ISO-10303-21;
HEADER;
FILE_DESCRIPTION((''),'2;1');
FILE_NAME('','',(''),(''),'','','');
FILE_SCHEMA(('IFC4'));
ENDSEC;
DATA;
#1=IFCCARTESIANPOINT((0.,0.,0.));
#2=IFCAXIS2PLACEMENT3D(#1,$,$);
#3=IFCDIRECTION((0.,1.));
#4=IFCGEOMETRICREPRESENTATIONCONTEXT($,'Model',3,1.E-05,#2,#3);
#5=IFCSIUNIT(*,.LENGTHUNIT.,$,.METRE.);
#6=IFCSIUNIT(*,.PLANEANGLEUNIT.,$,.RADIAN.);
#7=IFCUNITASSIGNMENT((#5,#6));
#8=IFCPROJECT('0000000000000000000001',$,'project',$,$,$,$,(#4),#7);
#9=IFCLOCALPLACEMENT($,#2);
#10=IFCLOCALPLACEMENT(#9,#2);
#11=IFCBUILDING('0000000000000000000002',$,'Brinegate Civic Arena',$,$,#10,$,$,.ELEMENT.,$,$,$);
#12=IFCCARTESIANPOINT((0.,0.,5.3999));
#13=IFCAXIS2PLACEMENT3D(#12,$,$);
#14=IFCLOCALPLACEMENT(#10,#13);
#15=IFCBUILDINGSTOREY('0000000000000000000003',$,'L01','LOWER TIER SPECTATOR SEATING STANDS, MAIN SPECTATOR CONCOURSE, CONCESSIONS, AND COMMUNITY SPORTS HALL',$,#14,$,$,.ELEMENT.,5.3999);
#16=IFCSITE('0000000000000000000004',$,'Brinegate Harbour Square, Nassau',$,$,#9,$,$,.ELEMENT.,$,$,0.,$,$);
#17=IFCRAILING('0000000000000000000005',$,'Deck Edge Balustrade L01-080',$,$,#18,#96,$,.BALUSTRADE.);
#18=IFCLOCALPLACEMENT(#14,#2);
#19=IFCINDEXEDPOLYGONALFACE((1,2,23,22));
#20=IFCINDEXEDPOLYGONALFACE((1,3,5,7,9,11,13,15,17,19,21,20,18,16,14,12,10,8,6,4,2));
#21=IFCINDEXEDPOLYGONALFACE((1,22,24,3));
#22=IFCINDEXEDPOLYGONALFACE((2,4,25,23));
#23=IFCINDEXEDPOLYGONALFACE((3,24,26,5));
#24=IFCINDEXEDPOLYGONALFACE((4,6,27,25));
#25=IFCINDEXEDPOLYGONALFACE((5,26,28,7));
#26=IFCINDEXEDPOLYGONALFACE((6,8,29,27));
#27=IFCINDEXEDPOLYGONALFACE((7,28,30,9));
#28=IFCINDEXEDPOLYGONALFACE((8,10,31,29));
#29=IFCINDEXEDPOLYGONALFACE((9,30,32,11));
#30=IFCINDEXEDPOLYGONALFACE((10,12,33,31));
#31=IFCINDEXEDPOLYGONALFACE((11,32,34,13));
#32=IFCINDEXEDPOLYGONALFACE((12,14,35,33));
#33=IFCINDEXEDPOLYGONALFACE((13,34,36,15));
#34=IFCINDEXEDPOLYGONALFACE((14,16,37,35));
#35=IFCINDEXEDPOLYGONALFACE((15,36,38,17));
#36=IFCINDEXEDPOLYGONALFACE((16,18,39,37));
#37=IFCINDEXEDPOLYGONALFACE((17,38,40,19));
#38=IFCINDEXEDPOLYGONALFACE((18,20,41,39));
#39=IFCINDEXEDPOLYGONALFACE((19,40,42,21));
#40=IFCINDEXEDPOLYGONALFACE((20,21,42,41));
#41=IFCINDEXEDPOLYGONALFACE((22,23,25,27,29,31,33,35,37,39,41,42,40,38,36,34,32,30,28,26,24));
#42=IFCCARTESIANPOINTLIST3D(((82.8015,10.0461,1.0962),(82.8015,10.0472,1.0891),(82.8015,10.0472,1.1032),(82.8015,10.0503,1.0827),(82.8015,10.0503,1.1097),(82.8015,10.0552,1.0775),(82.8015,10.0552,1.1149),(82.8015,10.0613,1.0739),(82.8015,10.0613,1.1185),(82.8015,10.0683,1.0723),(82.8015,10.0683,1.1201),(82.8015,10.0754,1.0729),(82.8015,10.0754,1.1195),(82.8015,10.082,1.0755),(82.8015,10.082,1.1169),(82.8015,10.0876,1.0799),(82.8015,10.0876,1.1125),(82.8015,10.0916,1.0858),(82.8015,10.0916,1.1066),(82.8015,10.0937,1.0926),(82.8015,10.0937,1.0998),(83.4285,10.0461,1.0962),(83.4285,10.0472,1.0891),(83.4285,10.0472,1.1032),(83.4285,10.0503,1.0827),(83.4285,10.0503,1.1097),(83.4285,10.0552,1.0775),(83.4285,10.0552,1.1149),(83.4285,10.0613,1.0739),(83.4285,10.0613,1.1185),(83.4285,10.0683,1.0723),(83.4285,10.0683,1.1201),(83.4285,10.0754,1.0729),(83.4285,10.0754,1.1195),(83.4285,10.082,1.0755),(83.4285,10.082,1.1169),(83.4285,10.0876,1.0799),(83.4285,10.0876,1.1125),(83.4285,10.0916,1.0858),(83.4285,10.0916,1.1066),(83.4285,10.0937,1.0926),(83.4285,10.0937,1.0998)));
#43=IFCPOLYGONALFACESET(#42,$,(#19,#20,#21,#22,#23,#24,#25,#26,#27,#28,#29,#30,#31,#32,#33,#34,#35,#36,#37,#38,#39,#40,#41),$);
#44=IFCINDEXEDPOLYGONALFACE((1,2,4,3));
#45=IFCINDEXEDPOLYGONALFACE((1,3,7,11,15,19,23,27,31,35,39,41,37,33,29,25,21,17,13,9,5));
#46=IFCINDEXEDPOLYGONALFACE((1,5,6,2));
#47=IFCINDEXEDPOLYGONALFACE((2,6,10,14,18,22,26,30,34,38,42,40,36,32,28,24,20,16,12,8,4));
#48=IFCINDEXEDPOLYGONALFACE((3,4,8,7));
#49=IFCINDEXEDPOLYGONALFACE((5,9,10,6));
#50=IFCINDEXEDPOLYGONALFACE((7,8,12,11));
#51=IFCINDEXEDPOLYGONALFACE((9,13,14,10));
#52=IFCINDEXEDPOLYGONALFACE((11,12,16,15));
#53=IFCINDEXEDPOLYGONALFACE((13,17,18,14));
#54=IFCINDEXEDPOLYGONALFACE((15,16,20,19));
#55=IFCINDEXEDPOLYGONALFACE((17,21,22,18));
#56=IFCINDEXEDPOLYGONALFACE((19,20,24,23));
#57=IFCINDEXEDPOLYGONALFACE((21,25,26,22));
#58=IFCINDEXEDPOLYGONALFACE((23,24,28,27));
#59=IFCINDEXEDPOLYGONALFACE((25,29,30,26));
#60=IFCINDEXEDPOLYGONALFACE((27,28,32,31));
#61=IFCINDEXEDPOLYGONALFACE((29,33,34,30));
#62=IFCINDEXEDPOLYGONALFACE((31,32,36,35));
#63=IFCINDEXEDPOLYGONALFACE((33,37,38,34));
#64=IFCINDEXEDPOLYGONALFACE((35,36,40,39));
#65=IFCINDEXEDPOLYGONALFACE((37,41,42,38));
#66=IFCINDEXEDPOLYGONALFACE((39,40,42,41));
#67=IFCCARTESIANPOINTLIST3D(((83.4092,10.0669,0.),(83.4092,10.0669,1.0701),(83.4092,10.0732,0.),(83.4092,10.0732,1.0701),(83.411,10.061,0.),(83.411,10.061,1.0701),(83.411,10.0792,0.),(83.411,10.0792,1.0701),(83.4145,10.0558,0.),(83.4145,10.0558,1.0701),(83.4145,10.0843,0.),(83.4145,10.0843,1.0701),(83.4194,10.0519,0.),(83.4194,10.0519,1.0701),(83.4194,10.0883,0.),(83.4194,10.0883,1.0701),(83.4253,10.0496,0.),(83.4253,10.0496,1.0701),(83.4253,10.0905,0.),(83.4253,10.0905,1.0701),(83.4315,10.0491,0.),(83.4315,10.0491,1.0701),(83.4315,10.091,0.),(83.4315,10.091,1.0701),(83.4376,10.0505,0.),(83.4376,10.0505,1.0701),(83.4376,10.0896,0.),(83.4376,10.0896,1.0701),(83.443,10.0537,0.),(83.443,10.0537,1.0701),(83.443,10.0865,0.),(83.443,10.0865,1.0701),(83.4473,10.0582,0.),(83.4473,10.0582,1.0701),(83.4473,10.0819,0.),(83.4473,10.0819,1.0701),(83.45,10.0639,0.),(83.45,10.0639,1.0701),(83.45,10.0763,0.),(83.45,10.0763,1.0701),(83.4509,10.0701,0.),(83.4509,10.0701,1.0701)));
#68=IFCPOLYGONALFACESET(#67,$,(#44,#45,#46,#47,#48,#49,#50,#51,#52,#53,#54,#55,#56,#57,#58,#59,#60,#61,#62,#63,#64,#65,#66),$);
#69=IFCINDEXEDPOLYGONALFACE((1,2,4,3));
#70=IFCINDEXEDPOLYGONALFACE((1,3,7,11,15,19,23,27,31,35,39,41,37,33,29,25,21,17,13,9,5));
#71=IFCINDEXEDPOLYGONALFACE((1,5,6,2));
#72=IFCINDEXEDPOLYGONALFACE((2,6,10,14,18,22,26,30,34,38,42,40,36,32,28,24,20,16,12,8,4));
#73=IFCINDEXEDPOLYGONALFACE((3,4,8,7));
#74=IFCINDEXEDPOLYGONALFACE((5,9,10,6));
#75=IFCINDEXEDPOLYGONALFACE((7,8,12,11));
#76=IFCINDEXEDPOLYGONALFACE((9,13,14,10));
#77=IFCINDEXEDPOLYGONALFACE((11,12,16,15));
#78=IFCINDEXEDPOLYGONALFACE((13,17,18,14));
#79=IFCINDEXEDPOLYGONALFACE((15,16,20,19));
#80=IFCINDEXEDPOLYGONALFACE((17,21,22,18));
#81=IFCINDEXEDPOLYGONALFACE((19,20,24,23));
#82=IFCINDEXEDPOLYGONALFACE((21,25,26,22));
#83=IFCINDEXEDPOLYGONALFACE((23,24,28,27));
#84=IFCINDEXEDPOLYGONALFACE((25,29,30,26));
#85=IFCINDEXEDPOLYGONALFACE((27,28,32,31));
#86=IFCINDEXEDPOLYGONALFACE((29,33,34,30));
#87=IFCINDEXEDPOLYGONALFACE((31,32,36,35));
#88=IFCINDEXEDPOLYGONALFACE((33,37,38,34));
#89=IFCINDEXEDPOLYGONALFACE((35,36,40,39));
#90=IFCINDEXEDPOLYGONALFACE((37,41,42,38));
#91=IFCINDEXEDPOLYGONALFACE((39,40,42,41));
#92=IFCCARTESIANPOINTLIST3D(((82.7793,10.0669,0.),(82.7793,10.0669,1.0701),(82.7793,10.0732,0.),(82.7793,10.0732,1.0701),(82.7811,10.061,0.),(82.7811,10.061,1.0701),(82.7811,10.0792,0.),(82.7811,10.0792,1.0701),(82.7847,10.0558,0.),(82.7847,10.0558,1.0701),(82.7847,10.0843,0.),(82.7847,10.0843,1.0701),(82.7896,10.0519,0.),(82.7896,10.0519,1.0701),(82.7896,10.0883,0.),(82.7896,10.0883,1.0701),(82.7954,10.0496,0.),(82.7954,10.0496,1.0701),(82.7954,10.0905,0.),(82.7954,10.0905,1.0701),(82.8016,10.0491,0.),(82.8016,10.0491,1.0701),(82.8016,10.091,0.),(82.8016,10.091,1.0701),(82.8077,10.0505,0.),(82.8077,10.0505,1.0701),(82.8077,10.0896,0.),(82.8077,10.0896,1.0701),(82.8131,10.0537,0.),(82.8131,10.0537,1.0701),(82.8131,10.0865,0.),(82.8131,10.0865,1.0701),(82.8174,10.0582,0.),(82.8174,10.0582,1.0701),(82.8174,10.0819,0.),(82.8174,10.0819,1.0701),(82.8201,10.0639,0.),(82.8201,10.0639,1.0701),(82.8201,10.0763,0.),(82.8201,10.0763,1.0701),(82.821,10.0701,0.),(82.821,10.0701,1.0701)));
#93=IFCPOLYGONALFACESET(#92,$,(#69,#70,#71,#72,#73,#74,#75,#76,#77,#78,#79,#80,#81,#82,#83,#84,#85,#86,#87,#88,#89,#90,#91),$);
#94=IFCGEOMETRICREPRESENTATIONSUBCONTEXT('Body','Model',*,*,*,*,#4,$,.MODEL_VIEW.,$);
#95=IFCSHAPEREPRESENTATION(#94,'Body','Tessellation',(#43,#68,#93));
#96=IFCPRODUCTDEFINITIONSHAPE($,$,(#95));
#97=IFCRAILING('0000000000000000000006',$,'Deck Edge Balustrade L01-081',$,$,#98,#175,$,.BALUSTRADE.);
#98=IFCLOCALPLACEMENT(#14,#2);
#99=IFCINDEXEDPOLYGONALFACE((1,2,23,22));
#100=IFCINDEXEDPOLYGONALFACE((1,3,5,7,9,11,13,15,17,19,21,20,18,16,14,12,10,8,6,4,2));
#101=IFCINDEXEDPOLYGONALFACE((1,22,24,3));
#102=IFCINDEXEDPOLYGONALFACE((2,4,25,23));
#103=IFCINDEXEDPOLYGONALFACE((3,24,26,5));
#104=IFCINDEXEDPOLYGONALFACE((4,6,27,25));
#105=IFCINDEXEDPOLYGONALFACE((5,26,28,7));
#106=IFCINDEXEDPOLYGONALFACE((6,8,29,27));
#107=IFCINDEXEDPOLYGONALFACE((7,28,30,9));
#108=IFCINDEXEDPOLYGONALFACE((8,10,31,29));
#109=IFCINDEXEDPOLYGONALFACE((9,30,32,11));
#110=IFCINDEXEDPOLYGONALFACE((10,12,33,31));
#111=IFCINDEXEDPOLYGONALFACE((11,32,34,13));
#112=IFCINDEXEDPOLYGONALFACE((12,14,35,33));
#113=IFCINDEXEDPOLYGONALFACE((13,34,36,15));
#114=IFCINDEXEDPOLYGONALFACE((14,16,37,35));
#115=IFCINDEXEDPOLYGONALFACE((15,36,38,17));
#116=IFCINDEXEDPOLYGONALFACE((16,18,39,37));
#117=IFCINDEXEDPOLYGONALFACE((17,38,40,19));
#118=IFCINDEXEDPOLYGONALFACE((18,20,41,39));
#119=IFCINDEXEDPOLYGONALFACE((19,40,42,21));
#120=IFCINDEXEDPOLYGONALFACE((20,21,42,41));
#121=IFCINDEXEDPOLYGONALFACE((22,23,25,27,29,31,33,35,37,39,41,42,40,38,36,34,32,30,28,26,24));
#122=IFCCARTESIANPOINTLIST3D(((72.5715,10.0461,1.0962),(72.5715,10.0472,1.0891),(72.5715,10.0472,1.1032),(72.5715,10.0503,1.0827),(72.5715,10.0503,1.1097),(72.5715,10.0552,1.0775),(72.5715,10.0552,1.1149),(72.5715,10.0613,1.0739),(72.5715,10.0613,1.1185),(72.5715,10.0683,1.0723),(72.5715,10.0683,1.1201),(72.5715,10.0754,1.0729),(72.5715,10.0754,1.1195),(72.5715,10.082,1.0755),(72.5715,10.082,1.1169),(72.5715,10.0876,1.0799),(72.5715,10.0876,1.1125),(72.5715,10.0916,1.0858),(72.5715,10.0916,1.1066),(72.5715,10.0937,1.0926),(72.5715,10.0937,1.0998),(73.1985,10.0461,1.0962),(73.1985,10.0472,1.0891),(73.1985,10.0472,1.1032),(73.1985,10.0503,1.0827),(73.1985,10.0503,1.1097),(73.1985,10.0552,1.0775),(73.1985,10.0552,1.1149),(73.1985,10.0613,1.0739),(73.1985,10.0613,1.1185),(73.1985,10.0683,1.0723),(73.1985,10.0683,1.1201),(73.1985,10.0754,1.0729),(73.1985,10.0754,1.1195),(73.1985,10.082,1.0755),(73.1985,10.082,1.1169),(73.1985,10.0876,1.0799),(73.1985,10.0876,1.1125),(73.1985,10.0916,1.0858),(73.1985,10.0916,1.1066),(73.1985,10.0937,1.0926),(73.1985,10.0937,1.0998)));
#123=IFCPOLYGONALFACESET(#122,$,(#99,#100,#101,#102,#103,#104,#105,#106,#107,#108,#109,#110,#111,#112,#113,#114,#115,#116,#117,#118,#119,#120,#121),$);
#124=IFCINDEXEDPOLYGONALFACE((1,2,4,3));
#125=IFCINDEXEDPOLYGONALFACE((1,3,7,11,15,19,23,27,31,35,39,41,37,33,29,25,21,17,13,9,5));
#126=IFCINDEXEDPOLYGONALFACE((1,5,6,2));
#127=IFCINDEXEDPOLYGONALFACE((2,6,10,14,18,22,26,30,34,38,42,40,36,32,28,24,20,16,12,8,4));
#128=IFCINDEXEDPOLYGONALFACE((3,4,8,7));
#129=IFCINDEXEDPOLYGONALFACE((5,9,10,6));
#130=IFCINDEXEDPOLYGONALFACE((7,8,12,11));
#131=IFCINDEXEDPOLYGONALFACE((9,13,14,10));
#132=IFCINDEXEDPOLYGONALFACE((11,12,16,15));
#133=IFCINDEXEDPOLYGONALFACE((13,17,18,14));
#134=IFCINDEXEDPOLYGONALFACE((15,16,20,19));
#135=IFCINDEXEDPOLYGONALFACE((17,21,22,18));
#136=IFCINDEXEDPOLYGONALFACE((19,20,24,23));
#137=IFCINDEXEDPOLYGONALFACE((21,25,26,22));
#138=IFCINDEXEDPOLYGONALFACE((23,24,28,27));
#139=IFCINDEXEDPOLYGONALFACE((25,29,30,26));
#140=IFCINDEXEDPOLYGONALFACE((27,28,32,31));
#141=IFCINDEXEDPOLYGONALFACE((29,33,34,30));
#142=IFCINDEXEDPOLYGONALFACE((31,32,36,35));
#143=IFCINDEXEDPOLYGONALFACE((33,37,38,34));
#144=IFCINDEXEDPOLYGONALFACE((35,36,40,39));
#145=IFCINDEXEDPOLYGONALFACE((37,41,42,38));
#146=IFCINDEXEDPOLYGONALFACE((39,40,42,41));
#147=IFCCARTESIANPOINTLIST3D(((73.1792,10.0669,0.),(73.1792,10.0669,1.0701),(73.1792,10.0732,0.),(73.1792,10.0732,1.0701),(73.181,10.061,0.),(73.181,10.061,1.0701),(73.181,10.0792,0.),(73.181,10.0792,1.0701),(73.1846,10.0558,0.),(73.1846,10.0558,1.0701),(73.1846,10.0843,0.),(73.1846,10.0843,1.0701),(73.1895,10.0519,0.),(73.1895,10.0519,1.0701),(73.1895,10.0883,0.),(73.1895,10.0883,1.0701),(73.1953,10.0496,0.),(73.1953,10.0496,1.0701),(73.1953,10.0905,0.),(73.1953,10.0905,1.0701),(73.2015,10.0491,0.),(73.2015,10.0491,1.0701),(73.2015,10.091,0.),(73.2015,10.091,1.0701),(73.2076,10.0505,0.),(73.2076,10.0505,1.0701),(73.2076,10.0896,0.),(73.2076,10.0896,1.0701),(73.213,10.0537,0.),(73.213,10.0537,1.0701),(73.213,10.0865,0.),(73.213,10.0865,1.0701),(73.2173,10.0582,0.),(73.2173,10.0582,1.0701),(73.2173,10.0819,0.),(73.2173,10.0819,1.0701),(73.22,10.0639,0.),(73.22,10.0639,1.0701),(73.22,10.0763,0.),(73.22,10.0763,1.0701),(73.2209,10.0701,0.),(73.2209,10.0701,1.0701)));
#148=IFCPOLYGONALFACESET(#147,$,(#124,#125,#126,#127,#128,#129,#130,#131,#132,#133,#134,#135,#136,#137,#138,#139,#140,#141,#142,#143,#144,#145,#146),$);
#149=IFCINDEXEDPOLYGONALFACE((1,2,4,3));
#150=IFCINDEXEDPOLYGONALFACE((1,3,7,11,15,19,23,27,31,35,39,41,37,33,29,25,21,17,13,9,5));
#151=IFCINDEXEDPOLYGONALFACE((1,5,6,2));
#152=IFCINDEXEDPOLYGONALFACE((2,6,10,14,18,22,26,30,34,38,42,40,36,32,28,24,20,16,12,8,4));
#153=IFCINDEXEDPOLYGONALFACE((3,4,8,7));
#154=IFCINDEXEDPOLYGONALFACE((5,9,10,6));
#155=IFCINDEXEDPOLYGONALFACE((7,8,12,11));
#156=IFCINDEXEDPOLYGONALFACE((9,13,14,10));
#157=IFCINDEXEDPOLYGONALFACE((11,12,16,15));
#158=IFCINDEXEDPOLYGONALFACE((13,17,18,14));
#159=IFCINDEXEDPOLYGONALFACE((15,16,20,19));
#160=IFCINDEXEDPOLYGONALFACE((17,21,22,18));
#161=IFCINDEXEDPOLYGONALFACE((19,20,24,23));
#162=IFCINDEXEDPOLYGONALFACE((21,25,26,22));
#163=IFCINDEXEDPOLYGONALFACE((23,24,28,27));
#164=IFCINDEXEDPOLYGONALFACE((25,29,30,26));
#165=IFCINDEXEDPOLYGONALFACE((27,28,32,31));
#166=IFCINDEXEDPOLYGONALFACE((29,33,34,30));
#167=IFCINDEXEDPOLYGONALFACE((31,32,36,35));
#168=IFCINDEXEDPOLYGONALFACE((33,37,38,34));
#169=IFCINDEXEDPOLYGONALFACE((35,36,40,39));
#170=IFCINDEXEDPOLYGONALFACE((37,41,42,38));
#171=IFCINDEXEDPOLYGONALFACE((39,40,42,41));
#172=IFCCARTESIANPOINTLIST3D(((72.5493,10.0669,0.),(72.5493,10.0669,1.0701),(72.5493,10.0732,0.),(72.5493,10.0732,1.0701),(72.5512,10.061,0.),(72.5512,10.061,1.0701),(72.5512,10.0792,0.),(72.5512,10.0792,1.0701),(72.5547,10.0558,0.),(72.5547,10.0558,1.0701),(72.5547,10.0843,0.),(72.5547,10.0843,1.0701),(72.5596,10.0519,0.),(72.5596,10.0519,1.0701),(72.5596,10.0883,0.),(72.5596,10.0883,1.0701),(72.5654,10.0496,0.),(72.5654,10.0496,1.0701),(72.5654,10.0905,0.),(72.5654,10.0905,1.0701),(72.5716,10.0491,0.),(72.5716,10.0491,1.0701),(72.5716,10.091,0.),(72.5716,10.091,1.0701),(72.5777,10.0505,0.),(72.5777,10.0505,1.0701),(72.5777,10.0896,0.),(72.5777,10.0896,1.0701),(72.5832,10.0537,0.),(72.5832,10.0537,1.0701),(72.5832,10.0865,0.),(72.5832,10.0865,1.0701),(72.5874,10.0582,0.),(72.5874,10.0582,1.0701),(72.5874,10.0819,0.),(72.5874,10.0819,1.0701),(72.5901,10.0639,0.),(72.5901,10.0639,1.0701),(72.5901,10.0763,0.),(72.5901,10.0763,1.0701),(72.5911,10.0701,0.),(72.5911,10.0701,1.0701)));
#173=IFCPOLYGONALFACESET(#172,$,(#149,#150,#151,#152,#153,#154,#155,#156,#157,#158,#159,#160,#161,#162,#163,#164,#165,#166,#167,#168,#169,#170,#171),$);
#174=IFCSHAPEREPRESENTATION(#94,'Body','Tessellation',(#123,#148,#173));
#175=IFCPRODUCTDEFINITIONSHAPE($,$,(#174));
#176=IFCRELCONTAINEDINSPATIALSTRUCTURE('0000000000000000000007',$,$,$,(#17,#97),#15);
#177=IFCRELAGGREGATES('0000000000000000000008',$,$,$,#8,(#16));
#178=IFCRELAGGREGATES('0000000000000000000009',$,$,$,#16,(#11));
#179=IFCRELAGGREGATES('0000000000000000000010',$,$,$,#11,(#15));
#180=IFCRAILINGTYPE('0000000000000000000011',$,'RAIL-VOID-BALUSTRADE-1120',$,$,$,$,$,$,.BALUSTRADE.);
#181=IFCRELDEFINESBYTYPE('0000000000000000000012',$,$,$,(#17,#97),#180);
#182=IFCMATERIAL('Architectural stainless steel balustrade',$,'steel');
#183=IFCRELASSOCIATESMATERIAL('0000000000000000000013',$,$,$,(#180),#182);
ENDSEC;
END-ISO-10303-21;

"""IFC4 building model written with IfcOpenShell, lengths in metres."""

from ifc_helpers import new_model, si_unit, direction, frame, origin, origin_2d, place, context, subcontext, project, spatial, circle, extrude, material, type_object, element, save


model = new_model("IFC4")

# Units and contexts
model_context = context("Model", 3, precision=1e-05, world=origin(), true_north=direction((0.0, 1.0)))
body_context = subcontext(model_context, "Body", "Model", "MODEL_VIEW")
ifc_project = project(units=[si_unit("LENGTHUNIT", "METRE"), si_unit("PLANEANGLEUNIT", "RADIAN")], contexts=[model_context])

# Site, building, storey
site_placement = place(None, origin())
site = spatial("IfcSite", under=ifc_project, at=site_placement, Name="Brinegate Harbour Square, Nassau", CompositionType="ELEMENT", RefElevation=0.0)
building_placement = place(site_placement, origin())
building = spatial("IfcBuilding", under=site, at=building_placement, Name="Brinegate Civic Arena", CompositionType="ELEMENT")
storey_placement = place(building_placement, frame((0.0, 0.0, 5.3999)))
storey = spatial("IfcBuildingStorey", under=building, at=storey_placement, Name="L01", Description="LOWER TIER SPECTATOR SEATING STANDS, MAIN SPECTATOR CONCOURSE, CONCESSIONS, AND COMMUNITY SPORTS HALL", CompositionType="ELEMENT", Elevation=5.3999)

# Railings
ifc_material_1 = material(Name="Architectural stainless steel balustrade", Category="steel")
railing_type_1 = type_object("IfcRailingType", Name="RAIL-VOID-BALUSTRADE-1120", PredefinedType="BALUSTRADE", material=ifc_material_1)
for number, where, name in (
    (1, (83.4299, 10.0701, 0.0), "Deck Edge Balustrade L01-080"),
    (2, (73.2, 10.0701, 0.0), "Deck Edge Balustrade L01-081"),
):
    element("IfcRailing", number, at=place(storey_placement, frame(where)), inside=storey, type_object=railing_type_1, Name=name, PredefinedType="BALUSTRADE", context=body_context, shape_type="SweptSolid", body=[
        extrude(circle(Radius=0.0239, at=origin_2d()), frame((-0.0015, 0.0, 1.0962), z_axis=(-1.0, 0.0, 0.0), x_axis=(0.0, -1.0, 0.0)), (0.0, 0.0, 1.0), 0.627),
        extrude(circle(Radius=0.021, at=origin_2d()), origin(), (0.0, 0.0, 1.0), 1.0701),
        extrude(circle(Radius=0.021, at=origin_2d()), frame((-0.6299, 0.0, 0.0)), (0.0, 0.0, 1.0), 1.0701),
    ])

save(model, "model.ifc")
